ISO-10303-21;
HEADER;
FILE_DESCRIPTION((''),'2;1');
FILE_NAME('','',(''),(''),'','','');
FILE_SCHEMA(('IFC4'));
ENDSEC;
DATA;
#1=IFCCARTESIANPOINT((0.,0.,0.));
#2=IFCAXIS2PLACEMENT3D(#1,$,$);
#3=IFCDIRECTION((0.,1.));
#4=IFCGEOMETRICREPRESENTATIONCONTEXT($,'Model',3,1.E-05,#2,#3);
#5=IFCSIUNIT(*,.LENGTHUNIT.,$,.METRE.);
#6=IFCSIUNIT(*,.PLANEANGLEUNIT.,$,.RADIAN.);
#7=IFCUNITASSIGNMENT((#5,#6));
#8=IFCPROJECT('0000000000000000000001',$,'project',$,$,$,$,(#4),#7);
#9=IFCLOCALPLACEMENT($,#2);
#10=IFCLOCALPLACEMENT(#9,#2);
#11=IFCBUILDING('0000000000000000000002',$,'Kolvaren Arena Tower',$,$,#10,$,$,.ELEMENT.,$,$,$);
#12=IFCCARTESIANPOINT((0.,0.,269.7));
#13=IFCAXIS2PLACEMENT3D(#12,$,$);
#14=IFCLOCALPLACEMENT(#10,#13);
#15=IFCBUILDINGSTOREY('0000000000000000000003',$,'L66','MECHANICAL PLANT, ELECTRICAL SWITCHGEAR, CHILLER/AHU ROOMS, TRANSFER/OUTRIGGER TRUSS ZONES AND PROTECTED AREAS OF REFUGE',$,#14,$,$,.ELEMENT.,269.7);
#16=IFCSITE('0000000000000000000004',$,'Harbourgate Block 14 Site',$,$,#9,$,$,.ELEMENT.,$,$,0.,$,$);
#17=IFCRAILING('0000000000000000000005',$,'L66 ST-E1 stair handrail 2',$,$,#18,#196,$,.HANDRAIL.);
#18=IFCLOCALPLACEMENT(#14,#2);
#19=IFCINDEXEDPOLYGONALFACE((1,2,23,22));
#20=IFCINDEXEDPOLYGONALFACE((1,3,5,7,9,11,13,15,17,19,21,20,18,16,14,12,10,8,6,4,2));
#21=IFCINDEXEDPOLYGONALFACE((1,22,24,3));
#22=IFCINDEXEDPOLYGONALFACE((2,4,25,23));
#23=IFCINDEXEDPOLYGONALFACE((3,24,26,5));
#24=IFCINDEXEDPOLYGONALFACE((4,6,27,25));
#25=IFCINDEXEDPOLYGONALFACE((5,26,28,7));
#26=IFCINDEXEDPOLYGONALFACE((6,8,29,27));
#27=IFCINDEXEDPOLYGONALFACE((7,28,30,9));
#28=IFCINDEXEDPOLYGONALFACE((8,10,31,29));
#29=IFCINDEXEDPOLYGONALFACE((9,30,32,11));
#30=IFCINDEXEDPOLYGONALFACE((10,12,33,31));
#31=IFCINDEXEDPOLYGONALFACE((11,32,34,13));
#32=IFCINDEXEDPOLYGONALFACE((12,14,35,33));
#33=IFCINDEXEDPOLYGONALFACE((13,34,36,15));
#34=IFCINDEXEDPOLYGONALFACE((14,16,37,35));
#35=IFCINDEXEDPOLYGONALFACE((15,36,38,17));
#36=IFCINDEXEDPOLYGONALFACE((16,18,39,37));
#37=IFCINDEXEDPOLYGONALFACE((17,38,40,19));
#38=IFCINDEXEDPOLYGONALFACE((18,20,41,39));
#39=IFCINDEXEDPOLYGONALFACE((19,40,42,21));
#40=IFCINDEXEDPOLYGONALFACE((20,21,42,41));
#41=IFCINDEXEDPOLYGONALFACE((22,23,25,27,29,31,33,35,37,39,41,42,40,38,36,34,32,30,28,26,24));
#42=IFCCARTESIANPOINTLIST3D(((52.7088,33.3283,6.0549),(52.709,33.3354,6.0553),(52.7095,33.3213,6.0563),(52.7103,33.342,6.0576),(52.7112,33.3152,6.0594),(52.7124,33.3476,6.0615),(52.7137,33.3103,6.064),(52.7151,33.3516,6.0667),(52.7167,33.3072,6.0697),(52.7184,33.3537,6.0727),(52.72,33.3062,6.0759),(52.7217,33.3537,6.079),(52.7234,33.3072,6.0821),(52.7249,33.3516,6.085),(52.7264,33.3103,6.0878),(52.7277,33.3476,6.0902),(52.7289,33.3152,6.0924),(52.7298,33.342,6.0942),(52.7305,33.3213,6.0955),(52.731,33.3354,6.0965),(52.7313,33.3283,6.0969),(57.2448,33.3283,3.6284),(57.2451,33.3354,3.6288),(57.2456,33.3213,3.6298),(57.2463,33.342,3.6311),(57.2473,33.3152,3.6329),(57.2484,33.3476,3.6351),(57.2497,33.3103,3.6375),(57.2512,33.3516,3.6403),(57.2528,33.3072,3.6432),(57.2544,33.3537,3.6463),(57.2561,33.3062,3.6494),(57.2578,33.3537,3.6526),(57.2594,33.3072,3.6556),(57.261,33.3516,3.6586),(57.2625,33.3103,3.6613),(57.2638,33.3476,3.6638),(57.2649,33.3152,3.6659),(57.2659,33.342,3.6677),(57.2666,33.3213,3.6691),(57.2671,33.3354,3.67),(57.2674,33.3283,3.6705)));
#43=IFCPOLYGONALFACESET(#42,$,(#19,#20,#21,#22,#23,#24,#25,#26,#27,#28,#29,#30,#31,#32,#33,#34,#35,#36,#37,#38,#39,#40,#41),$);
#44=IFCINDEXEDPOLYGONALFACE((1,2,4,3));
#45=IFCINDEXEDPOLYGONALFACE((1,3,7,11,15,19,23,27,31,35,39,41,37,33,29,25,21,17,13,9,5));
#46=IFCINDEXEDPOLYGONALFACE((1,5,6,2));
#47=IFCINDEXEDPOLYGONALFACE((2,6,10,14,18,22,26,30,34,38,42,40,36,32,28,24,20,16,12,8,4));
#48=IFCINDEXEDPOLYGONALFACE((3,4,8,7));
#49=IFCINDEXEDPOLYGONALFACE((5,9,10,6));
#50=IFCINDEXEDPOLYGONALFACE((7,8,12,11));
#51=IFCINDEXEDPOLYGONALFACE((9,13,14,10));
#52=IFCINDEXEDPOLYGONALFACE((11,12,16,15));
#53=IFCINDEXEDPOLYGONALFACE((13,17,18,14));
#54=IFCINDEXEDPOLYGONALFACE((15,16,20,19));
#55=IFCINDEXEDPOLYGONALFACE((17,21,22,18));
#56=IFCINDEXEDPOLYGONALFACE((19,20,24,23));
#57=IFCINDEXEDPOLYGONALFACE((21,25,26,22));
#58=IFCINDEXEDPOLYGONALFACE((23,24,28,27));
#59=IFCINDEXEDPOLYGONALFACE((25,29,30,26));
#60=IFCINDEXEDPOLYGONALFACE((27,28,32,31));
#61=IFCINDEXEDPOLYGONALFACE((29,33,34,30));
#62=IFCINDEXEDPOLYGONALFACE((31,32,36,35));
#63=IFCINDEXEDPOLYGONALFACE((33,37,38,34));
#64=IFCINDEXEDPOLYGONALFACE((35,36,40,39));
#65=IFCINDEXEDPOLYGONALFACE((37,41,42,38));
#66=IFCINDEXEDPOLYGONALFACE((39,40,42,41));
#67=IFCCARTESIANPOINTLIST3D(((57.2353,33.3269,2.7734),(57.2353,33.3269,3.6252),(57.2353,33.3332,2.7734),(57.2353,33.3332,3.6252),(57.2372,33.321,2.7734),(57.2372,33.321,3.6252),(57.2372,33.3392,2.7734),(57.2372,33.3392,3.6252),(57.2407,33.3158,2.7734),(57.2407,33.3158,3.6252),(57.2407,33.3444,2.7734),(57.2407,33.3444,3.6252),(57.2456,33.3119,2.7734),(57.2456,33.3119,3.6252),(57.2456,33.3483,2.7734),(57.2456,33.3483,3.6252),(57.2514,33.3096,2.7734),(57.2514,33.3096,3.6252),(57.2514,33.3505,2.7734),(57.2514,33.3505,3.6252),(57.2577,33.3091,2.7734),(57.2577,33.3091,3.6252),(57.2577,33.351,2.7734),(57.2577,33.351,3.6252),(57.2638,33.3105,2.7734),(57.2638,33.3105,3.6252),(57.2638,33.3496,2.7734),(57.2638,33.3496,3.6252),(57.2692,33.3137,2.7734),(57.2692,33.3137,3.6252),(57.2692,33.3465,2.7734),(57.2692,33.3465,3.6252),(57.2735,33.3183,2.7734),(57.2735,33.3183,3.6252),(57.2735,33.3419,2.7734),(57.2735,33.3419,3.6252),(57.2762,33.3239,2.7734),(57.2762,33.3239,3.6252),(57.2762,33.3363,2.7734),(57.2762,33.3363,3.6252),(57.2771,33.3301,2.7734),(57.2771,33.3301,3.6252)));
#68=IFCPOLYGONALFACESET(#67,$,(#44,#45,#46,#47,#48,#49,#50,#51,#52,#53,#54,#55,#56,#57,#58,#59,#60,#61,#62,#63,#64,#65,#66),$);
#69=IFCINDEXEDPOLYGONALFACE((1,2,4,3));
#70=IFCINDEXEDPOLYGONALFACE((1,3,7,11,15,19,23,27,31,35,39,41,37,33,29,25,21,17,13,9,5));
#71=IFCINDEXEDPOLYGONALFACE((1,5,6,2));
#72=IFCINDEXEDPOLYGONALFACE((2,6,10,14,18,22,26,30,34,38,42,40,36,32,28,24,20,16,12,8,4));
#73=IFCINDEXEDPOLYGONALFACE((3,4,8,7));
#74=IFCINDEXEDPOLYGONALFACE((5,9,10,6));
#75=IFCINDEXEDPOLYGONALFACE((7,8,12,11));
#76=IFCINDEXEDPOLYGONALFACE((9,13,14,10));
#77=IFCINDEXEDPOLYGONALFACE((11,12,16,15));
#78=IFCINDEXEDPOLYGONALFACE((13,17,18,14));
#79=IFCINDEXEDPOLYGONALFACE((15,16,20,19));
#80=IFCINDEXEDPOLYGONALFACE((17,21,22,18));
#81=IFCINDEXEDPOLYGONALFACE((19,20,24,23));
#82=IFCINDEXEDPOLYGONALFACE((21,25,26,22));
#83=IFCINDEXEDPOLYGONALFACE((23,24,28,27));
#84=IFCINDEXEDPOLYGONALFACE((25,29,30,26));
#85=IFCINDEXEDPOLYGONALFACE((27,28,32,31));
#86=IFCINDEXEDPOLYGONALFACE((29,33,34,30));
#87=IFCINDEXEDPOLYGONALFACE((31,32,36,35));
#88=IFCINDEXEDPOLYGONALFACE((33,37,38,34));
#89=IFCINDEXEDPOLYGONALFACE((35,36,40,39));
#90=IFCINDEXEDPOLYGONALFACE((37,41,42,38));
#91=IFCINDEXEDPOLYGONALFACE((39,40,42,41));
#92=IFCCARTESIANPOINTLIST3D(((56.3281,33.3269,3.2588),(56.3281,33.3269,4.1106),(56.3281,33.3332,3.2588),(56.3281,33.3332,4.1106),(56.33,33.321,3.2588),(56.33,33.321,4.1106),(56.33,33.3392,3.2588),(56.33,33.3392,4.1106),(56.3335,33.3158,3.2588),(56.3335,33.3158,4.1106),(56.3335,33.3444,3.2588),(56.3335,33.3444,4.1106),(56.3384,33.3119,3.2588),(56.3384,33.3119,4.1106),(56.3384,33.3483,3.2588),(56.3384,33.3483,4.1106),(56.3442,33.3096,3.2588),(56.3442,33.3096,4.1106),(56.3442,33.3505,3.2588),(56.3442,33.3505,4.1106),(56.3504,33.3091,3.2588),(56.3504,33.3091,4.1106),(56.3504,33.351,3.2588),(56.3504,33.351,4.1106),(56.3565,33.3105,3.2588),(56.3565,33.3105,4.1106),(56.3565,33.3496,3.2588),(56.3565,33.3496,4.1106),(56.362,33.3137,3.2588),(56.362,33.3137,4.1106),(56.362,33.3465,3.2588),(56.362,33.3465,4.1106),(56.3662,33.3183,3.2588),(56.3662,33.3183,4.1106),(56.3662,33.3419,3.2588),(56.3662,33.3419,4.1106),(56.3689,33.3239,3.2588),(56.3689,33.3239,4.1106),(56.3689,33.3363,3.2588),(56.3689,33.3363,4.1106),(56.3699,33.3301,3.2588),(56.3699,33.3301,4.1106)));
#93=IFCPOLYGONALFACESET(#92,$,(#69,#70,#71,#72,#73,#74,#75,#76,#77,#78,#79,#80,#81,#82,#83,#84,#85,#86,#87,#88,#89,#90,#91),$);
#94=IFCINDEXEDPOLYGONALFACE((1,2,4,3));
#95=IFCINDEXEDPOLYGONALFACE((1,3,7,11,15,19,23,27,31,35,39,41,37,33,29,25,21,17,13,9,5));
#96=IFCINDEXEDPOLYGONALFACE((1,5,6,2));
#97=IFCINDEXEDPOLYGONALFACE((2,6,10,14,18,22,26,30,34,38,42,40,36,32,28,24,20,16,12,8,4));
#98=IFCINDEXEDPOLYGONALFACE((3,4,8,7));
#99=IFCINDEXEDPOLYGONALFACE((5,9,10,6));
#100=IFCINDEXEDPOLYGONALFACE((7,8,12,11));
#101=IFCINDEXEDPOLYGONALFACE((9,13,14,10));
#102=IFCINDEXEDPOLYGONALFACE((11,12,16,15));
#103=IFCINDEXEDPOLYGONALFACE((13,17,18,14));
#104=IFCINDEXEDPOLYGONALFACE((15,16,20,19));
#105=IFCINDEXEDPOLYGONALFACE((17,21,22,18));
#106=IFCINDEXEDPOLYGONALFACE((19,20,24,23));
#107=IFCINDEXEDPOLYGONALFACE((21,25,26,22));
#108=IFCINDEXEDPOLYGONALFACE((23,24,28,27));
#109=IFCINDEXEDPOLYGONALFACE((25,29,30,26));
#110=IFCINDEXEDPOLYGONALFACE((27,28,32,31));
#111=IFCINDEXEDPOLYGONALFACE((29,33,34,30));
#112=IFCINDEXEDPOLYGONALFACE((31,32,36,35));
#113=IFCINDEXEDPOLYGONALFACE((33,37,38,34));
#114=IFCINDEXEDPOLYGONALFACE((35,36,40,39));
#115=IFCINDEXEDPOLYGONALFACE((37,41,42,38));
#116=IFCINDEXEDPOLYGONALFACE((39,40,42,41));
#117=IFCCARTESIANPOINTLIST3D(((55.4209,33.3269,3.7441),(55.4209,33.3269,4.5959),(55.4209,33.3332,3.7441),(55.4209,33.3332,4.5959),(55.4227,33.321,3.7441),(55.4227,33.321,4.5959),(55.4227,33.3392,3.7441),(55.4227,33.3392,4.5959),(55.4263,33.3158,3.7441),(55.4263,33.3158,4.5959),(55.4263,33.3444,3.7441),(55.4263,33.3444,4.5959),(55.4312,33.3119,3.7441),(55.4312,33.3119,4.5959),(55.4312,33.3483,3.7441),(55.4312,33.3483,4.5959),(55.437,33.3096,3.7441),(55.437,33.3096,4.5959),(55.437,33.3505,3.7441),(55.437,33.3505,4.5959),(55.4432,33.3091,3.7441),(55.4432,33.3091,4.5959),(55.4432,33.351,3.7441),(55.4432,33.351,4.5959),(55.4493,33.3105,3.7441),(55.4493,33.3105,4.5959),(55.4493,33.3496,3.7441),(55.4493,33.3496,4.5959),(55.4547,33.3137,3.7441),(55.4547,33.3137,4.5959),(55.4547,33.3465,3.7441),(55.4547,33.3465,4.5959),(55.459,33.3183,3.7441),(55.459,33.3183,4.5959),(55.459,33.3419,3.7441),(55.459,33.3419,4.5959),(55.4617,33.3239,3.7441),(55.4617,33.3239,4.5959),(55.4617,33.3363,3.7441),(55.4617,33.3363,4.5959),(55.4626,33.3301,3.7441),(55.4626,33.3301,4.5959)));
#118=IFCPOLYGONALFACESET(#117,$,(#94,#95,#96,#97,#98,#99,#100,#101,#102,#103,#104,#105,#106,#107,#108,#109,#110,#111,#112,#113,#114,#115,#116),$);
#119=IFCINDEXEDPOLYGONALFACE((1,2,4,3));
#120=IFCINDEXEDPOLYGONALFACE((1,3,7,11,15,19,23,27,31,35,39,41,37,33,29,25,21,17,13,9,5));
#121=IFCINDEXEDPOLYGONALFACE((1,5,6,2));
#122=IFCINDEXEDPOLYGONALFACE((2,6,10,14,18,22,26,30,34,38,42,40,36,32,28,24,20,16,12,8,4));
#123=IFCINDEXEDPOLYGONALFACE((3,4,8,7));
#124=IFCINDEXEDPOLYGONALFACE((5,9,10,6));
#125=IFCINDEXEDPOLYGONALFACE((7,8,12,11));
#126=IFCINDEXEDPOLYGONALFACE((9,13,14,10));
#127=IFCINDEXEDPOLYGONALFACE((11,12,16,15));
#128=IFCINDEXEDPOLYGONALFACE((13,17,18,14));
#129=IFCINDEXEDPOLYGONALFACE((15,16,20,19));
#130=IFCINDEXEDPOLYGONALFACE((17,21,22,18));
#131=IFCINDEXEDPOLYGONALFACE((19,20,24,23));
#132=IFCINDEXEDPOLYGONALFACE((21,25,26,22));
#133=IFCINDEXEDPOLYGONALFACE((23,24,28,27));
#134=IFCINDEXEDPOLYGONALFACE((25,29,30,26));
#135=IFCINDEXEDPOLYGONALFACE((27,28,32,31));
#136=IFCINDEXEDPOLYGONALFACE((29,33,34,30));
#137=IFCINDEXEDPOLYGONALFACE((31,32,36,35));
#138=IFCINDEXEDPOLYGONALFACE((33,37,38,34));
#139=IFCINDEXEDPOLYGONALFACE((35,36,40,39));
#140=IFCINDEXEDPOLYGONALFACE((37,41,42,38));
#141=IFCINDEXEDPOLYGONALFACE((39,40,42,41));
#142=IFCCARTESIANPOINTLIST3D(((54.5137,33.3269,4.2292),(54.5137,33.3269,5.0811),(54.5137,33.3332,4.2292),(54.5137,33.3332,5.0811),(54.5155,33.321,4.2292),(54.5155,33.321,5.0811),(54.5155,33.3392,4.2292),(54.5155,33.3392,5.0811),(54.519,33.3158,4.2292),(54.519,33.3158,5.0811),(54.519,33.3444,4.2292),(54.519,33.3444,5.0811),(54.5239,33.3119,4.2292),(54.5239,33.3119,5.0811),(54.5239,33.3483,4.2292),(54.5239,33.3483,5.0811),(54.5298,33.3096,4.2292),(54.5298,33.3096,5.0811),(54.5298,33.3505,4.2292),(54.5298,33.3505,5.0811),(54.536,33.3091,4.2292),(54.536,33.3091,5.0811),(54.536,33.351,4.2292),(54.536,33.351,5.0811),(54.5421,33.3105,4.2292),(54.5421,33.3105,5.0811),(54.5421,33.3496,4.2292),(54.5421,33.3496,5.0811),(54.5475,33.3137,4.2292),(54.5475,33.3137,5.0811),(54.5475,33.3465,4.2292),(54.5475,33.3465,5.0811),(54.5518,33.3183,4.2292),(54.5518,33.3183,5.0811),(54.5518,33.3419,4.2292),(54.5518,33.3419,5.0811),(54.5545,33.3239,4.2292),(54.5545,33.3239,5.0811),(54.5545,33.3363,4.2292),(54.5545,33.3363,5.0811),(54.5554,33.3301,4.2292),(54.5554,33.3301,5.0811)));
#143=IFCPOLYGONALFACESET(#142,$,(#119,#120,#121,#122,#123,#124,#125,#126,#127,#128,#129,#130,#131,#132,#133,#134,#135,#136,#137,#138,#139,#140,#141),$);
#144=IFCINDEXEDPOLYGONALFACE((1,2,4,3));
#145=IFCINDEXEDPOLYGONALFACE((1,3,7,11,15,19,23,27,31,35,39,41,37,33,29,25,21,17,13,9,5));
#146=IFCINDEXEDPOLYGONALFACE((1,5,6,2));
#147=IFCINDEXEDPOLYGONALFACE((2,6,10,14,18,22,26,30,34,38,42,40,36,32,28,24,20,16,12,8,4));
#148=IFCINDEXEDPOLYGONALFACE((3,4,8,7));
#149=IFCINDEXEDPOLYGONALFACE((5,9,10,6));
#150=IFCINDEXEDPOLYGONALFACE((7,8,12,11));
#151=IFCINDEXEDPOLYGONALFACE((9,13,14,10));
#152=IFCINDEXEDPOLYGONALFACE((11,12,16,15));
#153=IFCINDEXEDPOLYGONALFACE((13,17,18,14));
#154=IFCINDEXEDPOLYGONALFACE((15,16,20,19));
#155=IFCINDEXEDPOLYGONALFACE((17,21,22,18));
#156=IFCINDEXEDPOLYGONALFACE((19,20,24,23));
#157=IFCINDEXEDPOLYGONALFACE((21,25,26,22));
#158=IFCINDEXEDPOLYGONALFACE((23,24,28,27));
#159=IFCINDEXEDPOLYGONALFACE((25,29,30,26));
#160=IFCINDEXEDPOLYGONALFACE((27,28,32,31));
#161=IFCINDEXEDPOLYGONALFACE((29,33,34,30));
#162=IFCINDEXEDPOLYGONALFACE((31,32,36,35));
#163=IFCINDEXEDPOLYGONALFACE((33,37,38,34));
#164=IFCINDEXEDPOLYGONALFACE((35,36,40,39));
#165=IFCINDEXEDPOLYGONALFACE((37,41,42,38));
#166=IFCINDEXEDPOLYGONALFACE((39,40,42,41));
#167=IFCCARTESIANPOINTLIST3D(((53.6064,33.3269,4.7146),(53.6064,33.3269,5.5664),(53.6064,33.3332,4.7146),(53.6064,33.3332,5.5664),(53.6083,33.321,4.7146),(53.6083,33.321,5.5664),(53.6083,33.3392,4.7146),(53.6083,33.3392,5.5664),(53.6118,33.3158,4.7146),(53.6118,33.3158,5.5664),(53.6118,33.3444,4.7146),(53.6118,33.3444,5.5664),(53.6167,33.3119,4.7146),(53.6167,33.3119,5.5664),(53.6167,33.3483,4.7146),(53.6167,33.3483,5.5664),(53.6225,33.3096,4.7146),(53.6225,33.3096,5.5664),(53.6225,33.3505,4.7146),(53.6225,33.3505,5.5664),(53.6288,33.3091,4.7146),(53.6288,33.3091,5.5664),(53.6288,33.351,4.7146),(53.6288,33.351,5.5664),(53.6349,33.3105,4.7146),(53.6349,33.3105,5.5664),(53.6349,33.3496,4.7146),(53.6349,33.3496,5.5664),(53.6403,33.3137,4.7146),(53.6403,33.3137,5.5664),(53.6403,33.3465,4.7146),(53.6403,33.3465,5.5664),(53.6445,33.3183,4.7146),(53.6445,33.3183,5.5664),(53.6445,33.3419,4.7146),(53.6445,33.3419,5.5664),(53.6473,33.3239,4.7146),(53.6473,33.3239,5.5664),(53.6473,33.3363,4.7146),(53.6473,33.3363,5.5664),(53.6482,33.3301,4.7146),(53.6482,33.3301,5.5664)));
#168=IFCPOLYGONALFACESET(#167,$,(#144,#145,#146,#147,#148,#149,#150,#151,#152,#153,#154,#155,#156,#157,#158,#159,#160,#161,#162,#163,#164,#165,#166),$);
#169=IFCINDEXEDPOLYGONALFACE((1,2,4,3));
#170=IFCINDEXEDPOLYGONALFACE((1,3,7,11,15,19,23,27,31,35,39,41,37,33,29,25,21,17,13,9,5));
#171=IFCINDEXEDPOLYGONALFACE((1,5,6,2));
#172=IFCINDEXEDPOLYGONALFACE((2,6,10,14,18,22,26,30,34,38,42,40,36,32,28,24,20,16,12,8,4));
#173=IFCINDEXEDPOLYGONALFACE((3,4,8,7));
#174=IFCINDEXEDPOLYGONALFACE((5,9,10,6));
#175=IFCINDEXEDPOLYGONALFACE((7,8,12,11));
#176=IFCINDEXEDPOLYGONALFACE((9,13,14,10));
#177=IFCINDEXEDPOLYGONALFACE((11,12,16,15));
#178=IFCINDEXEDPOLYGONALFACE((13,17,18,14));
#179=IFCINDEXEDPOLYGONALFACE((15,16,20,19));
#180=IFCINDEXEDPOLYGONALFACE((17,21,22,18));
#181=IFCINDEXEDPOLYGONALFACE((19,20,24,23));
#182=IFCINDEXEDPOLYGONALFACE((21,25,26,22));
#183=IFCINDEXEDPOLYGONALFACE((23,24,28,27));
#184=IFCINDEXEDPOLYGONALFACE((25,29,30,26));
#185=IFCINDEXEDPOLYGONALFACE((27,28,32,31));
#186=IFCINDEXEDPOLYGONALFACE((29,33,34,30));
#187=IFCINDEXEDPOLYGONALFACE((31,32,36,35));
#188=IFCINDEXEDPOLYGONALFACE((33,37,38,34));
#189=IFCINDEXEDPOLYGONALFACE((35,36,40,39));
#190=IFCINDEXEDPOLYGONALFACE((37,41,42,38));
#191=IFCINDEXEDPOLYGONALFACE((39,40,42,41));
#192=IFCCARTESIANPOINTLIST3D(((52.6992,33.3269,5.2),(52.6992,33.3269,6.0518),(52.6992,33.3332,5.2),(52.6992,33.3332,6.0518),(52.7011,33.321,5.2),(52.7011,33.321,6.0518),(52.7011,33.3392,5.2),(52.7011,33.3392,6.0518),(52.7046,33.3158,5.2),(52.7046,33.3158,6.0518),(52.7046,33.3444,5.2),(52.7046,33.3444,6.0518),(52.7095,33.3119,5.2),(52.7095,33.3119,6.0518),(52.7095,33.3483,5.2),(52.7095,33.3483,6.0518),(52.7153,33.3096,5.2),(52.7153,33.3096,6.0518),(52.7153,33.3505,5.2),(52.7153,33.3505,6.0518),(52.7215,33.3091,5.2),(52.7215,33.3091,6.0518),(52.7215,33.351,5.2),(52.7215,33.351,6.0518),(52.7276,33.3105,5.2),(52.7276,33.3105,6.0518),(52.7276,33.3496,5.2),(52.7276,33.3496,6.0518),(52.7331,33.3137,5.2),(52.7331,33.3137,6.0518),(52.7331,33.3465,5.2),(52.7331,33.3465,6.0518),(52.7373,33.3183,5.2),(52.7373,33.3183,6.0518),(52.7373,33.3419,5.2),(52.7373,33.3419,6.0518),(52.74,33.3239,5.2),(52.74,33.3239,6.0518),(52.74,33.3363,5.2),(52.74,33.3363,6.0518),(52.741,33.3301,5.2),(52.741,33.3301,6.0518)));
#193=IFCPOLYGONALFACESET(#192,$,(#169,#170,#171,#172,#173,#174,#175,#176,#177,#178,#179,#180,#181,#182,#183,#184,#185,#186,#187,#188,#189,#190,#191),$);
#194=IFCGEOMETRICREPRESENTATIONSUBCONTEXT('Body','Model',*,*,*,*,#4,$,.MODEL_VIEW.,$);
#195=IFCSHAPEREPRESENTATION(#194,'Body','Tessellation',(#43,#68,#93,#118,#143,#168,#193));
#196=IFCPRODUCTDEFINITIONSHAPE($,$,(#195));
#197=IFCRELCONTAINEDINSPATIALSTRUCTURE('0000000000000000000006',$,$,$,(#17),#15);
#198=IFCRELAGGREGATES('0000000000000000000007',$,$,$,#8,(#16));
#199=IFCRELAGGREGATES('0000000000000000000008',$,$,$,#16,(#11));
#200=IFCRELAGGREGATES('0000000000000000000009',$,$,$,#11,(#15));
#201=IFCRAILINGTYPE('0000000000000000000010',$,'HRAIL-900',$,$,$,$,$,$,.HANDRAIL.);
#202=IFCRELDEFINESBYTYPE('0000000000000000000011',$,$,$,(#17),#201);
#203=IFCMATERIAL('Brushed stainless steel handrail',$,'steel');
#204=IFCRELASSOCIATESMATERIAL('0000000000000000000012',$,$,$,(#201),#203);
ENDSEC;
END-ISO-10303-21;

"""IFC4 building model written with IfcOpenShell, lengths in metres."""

from ifc_helpers import new_model, si_unit, direction, frame, origin, origin_2d, place, context, subcontext, project, spatial, circle, extrude, material, type_object, element, save


model = new_model("IFC4")

# Units and contexts
model_context = context("Model", 3, precision=1e-05, world=origin(), true_north=direction((0.0, 1.0)))
body_context = subcontext(model_context, "Body", "Model", "MODEL_VIEW")
ifc_project = project(units=[si_unit("LENGTHUNIT", "METRE"), si_unit("PLANEANGLEUNIT", "RADIAN")], contexts=[model_context])

# Site, building, storey
site_placement = place(None, origin())
site = spatial("IfcSite", under=ifc_project, at=site_placement, Name="Harbourgate Block 14 Site", CompositionType="ELEMENT", RefElevation=0.0)
building_placement = place(site_placement, origin())
building = spatial("IfcBuilding", under=site, at=building_placement, Name="Kolvaren Arena Tower", CompositionType="ELEMENT")
storey_placement = place(building_placement, frame((0.0, 0.0, 269.7)))
storey = spatial("IfcBuildingStorey", under=building, at=storey_placement, Name="L66", Description="MECHANICAL PLANT, ELECTRICAL SWITCHGEAR, CHILLER/AHU ROOMS, TRANSFER/OUTRIGGER TRUSS ZONES AND PROTECTED AREAS OF REFUGE", CompositionType="ELEMENT", Elevation=269.7)

# Railing
ifc_material_1 = material(Name="Brushed stainless steel handrail", Category="steel")
railing_type_1 = type_object("IfcRailingType", Name="HRAIL-900", PredefinedType="HANDRAIL", material=ifc_material_1)
railing_1_placement = place(storey_placement, frame((57.2561, 33.3301, 2.7734)))
element("IfcRailing", 1, at=railing_1_placement, inside=storey, type_object=railing_type_1, Name="L66 ST-E1 stair handrail 2", PredefinedType="HANDRAIL", context=body_context, shape_type="SweptSolid", body=[
    extrude(circle(Radius=0.0239, at=origin_2d()), frame((0.0, 0.0, 0.876), z_axis=(-0.881768, 0.0, 0.471684), x_axis=(0.0, -1.0, 0.0)), (0.0, 0.0, 1.0), 5.1443),
    extrude(circle(Radius=0.021, at=origin_2d()), origin(), (0.0, 0.0, 1.0), 0.8518),
    extrude(circle(Radius=0.021, at=origin_2d()), frame((-0.9072, 0.0, 0.4854)), (0.0, 0.0, 1.0), 0.8518),
    extrude(circle(Radius=0.021, at=origin_2d()), frame((-1.8145, 0.0, 0.9707)), (0.0, 0.0, 1.0), 0.8518),
    extrude(circle(Radius=0.021, at=origin_2d()), frame((-2.7217, 0.0, 1.4558)), (0.0, 0.0, 1.0), 0.8518),
    extrude(circle(Radius=0.021, at=origin_2d()), frame((-3.6289, 0.0, 1.9412)), (0.0, 0.0, 1.0), 0.8518),
    extrude(circle(Radius=0.021, at=origin_2d()), frame((-4.5361, 0.0, 2.4265)), (0.0, 0.0, 1.0), 0.8518),
])

save(model, "model.ifc")
